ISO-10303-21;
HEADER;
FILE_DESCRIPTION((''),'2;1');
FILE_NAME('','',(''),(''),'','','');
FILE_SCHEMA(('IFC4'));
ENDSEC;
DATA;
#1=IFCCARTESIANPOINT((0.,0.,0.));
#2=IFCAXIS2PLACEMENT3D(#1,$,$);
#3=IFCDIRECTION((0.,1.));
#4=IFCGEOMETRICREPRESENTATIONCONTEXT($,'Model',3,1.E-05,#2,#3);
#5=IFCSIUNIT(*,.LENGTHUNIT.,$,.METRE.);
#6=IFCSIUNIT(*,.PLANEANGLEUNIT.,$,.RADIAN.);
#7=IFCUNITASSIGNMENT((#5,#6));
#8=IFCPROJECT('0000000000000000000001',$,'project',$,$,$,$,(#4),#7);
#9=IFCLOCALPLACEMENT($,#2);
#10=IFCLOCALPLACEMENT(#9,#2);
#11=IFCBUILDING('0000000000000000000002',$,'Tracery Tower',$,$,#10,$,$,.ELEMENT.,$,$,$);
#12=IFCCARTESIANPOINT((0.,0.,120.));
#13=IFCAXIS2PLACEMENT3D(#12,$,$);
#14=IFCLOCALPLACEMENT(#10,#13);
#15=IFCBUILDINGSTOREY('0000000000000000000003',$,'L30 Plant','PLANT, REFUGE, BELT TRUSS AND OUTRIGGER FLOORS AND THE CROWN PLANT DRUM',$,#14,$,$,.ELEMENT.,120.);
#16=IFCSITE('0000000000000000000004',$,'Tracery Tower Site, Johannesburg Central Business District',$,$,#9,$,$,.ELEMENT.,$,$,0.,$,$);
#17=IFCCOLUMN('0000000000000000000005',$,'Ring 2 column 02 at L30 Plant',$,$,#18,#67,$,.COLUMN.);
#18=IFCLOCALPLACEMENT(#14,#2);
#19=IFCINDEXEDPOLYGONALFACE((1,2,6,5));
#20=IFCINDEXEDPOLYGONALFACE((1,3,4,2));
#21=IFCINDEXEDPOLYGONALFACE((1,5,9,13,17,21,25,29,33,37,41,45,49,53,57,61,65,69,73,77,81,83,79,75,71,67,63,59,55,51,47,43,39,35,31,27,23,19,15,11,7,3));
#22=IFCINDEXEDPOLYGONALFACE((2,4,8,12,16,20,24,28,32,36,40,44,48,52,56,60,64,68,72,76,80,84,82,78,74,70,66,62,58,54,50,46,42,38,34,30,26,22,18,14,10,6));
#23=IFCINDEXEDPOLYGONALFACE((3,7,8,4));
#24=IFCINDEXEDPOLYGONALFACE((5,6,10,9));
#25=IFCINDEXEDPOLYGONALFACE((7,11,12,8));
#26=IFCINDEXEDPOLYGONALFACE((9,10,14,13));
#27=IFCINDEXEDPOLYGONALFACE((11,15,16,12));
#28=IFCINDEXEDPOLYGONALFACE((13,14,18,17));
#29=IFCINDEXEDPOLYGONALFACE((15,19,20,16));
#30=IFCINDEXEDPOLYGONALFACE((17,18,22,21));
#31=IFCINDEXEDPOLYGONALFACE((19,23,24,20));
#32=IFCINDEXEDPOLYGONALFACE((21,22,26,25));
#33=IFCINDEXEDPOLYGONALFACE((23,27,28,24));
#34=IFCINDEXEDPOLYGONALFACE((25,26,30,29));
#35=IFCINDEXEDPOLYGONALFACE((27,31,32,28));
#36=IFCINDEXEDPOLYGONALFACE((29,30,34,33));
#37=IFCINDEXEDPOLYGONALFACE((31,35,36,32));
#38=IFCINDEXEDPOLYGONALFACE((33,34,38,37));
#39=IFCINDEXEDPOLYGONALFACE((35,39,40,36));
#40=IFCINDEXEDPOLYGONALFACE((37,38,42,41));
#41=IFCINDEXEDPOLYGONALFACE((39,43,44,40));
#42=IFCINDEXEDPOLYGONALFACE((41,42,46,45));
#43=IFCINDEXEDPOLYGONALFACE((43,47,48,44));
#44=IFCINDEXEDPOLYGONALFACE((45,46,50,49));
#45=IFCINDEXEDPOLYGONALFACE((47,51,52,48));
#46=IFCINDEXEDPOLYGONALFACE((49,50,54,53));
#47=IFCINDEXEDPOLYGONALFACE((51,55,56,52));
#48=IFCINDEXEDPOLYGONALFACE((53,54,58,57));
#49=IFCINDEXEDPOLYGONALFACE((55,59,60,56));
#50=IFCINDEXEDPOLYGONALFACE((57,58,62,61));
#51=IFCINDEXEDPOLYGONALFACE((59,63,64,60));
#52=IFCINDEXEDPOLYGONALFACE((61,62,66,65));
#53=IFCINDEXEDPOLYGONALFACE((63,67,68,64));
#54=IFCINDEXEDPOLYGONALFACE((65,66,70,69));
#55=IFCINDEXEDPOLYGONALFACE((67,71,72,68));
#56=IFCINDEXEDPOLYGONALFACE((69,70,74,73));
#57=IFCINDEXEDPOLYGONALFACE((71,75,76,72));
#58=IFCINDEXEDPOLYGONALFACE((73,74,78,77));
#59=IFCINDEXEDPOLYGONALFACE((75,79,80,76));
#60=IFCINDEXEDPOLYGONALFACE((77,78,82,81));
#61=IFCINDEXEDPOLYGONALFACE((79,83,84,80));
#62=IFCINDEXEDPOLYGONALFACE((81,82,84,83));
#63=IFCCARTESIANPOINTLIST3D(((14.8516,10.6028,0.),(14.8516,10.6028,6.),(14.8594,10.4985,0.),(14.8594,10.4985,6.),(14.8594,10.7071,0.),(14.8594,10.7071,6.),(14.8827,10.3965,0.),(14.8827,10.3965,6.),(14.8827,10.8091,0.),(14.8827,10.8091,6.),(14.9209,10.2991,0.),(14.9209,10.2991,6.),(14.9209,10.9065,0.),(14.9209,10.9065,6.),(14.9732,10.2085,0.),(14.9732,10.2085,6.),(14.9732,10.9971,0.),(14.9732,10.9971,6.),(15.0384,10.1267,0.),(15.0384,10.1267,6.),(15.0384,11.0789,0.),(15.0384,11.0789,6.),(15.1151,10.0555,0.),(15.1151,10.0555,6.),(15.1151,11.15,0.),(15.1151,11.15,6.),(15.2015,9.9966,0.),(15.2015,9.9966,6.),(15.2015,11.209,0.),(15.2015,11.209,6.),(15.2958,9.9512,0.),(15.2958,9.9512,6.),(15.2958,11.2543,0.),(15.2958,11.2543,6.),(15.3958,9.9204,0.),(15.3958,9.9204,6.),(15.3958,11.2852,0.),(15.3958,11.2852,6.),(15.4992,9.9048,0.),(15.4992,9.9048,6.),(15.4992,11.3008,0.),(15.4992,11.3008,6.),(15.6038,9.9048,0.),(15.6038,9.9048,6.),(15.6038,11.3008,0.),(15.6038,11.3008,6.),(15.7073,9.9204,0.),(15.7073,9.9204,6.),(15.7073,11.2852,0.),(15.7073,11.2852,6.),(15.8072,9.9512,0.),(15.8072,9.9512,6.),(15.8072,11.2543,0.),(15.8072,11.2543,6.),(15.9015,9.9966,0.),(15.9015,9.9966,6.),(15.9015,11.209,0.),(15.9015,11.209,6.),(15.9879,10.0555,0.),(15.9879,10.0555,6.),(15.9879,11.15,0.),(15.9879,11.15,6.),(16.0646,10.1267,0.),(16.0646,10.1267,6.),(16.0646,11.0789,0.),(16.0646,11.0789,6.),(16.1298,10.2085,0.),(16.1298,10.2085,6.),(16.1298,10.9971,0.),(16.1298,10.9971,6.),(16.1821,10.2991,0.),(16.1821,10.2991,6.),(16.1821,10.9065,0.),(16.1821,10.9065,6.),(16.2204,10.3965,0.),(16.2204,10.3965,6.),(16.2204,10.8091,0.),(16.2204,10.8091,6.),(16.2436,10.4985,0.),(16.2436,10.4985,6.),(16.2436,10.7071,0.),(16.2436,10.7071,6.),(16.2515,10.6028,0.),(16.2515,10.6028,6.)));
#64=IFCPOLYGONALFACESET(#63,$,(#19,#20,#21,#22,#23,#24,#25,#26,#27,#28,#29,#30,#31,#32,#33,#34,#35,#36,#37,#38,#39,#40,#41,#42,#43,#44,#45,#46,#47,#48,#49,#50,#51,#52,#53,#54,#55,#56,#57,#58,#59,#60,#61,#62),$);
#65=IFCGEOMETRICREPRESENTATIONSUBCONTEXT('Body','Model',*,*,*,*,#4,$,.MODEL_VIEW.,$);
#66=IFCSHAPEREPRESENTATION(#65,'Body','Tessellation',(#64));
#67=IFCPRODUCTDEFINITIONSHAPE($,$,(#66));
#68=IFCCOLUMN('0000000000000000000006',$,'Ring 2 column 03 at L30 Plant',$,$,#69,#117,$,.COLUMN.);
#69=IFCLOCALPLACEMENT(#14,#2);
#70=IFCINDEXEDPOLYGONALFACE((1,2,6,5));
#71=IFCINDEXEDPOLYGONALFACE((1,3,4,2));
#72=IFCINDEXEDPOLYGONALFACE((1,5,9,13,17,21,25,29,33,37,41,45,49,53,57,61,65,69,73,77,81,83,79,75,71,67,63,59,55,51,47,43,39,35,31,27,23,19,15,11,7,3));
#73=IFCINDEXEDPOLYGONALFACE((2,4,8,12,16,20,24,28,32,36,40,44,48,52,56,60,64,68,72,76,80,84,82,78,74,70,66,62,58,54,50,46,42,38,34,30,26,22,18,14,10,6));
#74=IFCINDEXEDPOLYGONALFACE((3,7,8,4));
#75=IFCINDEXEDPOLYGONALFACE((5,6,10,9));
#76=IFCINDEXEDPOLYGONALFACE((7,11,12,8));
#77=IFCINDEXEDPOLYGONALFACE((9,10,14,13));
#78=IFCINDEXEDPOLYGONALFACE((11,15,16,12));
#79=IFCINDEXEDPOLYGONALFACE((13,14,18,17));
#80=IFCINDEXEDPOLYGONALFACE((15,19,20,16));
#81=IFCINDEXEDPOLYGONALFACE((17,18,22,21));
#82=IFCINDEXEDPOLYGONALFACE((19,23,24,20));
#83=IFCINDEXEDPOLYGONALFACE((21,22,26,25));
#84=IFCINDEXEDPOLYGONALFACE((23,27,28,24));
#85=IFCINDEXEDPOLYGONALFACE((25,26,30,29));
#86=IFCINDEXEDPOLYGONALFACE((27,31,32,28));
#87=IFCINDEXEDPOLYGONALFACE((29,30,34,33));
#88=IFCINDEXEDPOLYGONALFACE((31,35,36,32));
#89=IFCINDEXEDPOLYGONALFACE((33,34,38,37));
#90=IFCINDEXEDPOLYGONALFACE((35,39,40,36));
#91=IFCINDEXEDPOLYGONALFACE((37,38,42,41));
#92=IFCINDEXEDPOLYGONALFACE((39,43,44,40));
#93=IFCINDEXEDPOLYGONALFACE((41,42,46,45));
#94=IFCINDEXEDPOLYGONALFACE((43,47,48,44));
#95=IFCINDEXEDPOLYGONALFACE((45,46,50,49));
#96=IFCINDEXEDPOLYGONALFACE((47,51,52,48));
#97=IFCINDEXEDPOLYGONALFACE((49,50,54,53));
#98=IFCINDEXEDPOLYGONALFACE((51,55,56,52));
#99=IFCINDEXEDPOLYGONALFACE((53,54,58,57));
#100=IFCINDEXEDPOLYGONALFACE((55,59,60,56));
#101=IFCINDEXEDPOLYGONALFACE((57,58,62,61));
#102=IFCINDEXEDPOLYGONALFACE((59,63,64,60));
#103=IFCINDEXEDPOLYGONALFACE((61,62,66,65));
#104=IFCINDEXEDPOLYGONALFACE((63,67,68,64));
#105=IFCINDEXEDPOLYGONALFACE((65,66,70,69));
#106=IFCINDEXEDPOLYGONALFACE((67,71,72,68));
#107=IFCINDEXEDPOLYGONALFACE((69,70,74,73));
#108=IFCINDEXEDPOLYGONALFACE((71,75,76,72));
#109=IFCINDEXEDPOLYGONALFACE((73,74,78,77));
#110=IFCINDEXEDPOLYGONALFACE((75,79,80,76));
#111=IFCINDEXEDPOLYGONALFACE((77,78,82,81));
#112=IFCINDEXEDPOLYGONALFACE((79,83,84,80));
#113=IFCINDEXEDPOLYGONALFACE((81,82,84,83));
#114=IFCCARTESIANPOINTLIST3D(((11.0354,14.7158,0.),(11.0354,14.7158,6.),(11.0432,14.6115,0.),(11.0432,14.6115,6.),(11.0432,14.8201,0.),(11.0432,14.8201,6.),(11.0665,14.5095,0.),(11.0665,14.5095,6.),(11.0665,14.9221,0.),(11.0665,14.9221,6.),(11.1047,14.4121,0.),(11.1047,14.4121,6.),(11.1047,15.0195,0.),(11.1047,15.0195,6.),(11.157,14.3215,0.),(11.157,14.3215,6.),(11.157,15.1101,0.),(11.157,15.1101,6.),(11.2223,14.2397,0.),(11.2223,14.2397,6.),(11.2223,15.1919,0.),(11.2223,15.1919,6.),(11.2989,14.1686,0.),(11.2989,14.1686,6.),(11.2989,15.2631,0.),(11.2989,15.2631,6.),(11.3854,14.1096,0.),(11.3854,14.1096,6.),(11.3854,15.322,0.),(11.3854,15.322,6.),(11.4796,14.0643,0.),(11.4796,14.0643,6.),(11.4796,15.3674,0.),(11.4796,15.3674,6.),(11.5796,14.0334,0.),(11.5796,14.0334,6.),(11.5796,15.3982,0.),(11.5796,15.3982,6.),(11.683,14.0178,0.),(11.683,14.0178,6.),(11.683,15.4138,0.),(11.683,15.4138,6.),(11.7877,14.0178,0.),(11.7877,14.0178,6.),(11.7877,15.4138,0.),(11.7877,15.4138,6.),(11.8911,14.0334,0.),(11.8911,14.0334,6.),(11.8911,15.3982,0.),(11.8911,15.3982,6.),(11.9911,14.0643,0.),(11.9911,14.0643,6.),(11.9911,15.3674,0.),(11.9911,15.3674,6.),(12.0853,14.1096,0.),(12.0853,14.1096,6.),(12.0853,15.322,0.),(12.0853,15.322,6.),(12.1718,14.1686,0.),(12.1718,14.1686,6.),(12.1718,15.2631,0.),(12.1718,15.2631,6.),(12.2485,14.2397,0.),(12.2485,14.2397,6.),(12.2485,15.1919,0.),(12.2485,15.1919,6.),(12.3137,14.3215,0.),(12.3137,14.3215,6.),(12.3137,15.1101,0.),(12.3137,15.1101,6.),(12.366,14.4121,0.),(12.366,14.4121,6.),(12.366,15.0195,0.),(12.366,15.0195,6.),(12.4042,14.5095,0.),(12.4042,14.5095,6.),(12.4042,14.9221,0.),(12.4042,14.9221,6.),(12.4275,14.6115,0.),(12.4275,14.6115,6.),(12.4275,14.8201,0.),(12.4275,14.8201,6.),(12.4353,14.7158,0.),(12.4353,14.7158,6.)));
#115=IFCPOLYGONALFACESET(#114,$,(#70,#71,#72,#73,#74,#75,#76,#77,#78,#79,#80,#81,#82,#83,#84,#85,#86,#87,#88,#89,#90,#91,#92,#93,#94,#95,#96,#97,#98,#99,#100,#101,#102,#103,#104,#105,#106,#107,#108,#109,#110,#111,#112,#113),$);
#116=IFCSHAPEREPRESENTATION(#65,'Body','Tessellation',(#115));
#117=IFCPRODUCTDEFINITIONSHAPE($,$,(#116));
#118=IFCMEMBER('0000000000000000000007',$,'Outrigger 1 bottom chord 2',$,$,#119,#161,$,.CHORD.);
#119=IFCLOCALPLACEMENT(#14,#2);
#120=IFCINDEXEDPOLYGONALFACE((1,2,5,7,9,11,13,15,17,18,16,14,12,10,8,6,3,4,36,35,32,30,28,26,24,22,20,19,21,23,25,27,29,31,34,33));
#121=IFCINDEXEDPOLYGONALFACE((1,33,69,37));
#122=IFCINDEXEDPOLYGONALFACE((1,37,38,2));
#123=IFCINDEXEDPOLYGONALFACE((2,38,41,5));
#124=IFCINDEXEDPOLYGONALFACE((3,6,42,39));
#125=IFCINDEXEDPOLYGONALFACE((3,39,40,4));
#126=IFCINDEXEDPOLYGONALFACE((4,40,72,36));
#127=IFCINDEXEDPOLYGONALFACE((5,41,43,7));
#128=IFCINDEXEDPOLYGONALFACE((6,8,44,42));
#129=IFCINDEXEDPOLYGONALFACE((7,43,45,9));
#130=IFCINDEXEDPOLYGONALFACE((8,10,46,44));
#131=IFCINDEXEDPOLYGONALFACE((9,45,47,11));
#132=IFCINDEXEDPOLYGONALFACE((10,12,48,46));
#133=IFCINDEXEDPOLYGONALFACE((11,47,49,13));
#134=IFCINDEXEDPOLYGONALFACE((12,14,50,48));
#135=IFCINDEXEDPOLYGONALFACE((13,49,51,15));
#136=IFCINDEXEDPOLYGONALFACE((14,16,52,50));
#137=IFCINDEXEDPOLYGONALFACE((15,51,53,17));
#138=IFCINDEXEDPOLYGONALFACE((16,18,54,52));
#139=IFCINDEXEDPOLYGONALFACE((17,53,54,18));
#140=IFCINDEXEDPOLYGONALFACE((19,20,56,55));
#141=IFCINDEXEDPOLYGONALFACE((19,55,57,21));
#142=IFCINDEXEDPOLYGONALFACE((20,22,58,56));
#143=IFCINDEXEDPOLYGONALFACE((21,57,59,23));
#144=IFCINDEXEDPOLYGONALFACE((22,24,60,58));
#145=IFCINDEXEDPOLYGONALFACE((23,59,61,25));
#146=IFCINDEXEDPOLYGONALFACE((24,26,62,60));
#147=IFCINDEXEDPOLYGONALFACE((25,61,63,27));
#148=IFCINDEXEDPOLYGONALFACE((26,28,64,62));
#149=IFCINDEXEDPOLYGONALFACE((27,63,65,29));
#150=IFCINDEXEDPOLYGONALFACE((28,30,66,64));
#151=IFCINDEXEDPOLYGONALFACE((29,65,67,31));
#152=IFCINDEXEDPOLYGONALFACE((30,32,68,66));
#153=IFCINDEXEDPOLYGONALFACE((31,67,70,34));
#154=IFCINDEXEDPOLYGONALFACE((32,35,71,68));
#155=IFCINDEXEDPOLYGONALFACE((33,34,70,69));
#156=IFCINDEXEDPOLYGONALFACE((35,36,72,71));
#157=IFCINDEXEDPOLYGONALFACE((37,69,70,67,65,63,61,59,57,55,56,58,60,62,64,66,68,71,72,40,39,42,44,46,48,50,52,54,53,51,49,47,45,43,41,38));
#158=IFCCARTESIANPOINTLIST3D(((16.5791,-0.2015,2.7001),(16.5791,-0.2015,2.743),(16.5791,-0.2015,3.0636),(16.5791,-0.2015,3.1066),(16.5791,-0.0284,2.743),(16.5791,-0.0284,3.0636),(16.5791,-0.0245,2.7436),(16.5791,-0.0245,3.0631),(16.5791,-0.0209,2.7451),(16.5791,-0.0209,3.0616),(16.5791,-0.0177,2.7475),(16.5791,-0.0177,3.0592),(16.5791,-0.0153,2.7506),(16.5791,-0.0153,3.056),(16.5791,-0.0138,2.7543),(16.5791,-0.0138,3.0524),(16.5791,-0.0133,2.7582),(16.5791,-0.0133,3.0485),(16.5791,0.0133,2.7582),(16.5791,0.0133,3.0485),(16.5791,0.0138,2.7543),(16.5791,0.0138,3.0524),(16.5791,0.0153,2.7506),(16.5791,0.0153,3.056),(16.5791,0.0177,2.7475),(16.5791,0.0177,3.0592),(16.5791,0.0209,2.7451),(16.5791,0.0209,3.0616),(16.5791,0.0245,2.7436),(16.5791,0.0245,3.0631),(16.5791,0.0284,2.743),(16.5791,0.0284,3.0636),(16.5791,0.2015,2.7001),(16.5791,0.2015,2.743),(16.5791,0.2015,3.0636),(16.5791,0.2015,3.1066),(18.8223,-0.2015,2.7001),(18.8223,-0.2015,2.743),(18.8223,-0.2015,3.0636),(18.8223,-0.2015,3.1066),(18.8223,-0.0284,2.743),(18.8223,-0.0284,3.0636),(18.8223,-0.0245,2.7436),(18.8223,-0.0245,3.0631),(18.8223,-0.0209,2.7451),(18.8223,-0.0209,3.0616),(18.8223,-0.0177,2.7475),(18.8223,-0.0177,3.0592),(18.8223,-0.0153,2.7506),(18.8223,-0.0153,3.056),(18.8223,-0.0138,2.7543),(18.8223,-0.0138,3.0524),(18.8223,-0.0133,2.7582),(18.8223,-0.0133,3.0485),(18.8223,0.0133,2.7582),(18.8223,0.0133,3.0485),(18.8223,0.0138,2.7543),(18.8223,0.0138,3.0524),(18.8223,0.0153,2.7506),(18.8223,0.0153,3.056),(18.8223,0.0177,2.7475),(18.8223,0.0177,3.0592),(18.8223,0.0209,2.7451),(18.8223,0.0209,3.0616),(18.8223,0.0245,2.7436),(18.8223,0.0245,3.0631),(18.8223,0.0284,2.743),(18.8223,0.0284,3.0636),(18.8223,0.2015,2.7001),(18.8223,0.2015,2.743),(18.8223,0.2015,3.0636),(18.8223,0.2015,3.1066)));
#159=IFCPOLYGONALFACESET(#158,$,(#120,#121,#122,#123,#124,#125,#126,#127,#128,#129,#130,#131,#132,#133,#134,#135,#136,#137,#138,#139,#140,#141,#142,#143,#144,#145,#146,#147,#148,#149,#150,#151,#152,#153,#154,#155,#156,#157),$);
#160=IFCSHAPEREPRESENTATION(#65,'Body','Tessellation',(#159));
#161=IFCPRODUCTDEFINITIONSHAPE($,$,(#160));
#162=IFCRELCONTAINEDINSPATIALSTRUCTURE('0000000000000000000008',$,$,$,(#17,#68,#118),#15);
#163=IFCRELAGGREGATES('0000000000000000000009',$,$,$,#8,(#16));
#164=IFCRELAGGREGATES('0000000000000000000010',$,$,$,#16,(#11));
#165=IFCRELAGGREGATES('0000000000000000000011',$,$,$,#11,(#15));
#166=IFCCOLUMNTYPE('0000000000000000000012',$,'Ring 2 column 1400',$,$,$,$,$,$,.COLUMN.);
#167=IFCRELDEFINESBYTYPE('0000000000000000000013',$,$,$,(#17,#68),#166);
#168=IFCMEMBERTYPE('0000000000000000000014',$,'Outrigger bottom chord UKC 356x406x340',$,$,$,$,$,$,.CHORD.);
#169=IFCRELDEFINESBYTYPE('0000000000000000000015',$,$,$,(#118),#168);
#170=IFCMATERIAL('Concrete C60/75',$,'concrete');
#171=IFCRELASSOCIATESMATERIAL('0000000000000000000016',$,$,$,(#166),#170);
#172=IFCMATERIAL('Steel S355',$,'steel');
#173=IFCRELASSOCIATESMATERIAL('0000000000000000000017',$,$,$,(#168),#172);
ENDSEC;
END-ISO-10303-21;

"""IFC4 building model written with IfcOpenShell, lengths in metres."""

from ifc_helpers import new_model, si_unit, direction, frame, origin, origin_2d, place, context, subcontext, project, spatial, circle, i_section, extrude, material, material_profile, profile_set, type_object, element, save


model = new_model("IFC4")

# Units and contexts
model_context = context("Model", 3, precision=1e-05, world=origin(), true_north=direction((0.0, 1.0)))
body_context = subcontext(model_context, "Body", "Model", "MODEL_VIEW")
ifc_project = project(units=[si_unit("LENGTHUNIT", "METRE"), si_unit("PLANEANGLEUNIT", "RADIAN")], contexts=[model_context])

# Site, building, storey
site_placement = place(None, origin())
site = spatial("IfcSite", under=ifc_project, at=site_placement, Name="Tracery Tower Site, Johannesburg Central Business District", CompositionType="ELEMENT", RefElevation=0.0)
building_placement = place(site_placement, origin())
building = spatial("IfcBuilding", under=site, at=building_placement, Name="Tracery Tower", CompositionType="ELEMENT")
storey_placement = place(building_placement, frame((0.0, 0.0, 120.0)))
storey = spatial("IfcBuildingStorey", under=building, at=storey_placement, Name="L30 Plant", Description="PLANT, REFUGE, BELT TRUSS AND OUTRIGGER FLOORS AND THE CROWN PLANT DRUM", CompositionType="ELEMENT", Elevation=120.0)

# Columns
ifc_material_1 = material(Name="Concrete C60/75", Category="concrete")
ifc_material_profile_1 = material_profile(ifc_material_1, circle(Radius=0.7, at=origin_2d()), Name="RC D1400")
ifc_profile_set_1 = profile_set([ifc_material_profile_1], Name="Concrete C60/75")
column_type = type_object("IfcColumnType", Name="Ring 2 column 1400", PredefinedType="COLUMN", material=ifc_profile_set_1)
for number, where, z_axis, x_axis, name in (
    (1, (15.5515, 10.6028, 0.0), (0.0, 0.0, 1.0), (1.0, 0.0, 0.0), "Ring 2 column 02 at L30 Plant"),
    (2, (11.7354, 14.7158, 0.0), (0.0, 0.0, 1.0), (1.0, 0.0, 0.0), "Ring 2 column 03 at L30 Plant"),
):
    element("IfcColumn", number, at=place(storey_placement, frame(where, z_axis=z_axis, x_axis=x_axis)), inside=storey, type_object=column_type, Name=name, PredefinedType="COLUMN", context=body_context, shape_type="SweptSolid", body=[
        extrude(circle(Radius=0.7, at=origin_2d()), origin(), (0.0, 0.0, 1.0), 6.0),
    ])

# Member
ifc_material_2 = material(Name="Steel S355", Category="steel")
ifc_material_profile_2 = material_profile(ifc_material_2, i_section(OverallWidth=0.4031, OverallDepth=0.4065, WebThickness=0.0266, FlangeThickness=0.043, FilletRadius=0.0151, at=origin_2d()), Name="UKC 356x406x340")
ifc_profile_set_2 = profile_set([ifc_material_profile_2], Name="Steel S355")
member_type_1 = type_object("IfcMemberType", Name="Outrigger bottom chord UKC 356x406x340", PredefinedType="CHORD", material=ifc_profile_set_2)
member_1_placement = place(storey_placement, frame((16.5791, 0.0, 2.9033), z_axis=(1.0, 0.0, 0.0), x_axis=(0.0, 1.0, 0.0)))
element("IfcMember", 3, at=member_1_placement, inside=storey, type_object=member_type_1, Name="Outrigger 1 bottom chord 2", PredefinedType="CHORD", context=body_context, shape_type="SweptSolid", body=[
    extrude(i_section(OverallWidth=0.4031, OverallDepth=0.4065, WebThickness=0.0266, FlangeThickness=0.043, FilletRadius=0.0151, at=origin_2d()), origin(), (0.0, 0.0, 1.0), 2.2432),
])

save(model, "model.ifc")
